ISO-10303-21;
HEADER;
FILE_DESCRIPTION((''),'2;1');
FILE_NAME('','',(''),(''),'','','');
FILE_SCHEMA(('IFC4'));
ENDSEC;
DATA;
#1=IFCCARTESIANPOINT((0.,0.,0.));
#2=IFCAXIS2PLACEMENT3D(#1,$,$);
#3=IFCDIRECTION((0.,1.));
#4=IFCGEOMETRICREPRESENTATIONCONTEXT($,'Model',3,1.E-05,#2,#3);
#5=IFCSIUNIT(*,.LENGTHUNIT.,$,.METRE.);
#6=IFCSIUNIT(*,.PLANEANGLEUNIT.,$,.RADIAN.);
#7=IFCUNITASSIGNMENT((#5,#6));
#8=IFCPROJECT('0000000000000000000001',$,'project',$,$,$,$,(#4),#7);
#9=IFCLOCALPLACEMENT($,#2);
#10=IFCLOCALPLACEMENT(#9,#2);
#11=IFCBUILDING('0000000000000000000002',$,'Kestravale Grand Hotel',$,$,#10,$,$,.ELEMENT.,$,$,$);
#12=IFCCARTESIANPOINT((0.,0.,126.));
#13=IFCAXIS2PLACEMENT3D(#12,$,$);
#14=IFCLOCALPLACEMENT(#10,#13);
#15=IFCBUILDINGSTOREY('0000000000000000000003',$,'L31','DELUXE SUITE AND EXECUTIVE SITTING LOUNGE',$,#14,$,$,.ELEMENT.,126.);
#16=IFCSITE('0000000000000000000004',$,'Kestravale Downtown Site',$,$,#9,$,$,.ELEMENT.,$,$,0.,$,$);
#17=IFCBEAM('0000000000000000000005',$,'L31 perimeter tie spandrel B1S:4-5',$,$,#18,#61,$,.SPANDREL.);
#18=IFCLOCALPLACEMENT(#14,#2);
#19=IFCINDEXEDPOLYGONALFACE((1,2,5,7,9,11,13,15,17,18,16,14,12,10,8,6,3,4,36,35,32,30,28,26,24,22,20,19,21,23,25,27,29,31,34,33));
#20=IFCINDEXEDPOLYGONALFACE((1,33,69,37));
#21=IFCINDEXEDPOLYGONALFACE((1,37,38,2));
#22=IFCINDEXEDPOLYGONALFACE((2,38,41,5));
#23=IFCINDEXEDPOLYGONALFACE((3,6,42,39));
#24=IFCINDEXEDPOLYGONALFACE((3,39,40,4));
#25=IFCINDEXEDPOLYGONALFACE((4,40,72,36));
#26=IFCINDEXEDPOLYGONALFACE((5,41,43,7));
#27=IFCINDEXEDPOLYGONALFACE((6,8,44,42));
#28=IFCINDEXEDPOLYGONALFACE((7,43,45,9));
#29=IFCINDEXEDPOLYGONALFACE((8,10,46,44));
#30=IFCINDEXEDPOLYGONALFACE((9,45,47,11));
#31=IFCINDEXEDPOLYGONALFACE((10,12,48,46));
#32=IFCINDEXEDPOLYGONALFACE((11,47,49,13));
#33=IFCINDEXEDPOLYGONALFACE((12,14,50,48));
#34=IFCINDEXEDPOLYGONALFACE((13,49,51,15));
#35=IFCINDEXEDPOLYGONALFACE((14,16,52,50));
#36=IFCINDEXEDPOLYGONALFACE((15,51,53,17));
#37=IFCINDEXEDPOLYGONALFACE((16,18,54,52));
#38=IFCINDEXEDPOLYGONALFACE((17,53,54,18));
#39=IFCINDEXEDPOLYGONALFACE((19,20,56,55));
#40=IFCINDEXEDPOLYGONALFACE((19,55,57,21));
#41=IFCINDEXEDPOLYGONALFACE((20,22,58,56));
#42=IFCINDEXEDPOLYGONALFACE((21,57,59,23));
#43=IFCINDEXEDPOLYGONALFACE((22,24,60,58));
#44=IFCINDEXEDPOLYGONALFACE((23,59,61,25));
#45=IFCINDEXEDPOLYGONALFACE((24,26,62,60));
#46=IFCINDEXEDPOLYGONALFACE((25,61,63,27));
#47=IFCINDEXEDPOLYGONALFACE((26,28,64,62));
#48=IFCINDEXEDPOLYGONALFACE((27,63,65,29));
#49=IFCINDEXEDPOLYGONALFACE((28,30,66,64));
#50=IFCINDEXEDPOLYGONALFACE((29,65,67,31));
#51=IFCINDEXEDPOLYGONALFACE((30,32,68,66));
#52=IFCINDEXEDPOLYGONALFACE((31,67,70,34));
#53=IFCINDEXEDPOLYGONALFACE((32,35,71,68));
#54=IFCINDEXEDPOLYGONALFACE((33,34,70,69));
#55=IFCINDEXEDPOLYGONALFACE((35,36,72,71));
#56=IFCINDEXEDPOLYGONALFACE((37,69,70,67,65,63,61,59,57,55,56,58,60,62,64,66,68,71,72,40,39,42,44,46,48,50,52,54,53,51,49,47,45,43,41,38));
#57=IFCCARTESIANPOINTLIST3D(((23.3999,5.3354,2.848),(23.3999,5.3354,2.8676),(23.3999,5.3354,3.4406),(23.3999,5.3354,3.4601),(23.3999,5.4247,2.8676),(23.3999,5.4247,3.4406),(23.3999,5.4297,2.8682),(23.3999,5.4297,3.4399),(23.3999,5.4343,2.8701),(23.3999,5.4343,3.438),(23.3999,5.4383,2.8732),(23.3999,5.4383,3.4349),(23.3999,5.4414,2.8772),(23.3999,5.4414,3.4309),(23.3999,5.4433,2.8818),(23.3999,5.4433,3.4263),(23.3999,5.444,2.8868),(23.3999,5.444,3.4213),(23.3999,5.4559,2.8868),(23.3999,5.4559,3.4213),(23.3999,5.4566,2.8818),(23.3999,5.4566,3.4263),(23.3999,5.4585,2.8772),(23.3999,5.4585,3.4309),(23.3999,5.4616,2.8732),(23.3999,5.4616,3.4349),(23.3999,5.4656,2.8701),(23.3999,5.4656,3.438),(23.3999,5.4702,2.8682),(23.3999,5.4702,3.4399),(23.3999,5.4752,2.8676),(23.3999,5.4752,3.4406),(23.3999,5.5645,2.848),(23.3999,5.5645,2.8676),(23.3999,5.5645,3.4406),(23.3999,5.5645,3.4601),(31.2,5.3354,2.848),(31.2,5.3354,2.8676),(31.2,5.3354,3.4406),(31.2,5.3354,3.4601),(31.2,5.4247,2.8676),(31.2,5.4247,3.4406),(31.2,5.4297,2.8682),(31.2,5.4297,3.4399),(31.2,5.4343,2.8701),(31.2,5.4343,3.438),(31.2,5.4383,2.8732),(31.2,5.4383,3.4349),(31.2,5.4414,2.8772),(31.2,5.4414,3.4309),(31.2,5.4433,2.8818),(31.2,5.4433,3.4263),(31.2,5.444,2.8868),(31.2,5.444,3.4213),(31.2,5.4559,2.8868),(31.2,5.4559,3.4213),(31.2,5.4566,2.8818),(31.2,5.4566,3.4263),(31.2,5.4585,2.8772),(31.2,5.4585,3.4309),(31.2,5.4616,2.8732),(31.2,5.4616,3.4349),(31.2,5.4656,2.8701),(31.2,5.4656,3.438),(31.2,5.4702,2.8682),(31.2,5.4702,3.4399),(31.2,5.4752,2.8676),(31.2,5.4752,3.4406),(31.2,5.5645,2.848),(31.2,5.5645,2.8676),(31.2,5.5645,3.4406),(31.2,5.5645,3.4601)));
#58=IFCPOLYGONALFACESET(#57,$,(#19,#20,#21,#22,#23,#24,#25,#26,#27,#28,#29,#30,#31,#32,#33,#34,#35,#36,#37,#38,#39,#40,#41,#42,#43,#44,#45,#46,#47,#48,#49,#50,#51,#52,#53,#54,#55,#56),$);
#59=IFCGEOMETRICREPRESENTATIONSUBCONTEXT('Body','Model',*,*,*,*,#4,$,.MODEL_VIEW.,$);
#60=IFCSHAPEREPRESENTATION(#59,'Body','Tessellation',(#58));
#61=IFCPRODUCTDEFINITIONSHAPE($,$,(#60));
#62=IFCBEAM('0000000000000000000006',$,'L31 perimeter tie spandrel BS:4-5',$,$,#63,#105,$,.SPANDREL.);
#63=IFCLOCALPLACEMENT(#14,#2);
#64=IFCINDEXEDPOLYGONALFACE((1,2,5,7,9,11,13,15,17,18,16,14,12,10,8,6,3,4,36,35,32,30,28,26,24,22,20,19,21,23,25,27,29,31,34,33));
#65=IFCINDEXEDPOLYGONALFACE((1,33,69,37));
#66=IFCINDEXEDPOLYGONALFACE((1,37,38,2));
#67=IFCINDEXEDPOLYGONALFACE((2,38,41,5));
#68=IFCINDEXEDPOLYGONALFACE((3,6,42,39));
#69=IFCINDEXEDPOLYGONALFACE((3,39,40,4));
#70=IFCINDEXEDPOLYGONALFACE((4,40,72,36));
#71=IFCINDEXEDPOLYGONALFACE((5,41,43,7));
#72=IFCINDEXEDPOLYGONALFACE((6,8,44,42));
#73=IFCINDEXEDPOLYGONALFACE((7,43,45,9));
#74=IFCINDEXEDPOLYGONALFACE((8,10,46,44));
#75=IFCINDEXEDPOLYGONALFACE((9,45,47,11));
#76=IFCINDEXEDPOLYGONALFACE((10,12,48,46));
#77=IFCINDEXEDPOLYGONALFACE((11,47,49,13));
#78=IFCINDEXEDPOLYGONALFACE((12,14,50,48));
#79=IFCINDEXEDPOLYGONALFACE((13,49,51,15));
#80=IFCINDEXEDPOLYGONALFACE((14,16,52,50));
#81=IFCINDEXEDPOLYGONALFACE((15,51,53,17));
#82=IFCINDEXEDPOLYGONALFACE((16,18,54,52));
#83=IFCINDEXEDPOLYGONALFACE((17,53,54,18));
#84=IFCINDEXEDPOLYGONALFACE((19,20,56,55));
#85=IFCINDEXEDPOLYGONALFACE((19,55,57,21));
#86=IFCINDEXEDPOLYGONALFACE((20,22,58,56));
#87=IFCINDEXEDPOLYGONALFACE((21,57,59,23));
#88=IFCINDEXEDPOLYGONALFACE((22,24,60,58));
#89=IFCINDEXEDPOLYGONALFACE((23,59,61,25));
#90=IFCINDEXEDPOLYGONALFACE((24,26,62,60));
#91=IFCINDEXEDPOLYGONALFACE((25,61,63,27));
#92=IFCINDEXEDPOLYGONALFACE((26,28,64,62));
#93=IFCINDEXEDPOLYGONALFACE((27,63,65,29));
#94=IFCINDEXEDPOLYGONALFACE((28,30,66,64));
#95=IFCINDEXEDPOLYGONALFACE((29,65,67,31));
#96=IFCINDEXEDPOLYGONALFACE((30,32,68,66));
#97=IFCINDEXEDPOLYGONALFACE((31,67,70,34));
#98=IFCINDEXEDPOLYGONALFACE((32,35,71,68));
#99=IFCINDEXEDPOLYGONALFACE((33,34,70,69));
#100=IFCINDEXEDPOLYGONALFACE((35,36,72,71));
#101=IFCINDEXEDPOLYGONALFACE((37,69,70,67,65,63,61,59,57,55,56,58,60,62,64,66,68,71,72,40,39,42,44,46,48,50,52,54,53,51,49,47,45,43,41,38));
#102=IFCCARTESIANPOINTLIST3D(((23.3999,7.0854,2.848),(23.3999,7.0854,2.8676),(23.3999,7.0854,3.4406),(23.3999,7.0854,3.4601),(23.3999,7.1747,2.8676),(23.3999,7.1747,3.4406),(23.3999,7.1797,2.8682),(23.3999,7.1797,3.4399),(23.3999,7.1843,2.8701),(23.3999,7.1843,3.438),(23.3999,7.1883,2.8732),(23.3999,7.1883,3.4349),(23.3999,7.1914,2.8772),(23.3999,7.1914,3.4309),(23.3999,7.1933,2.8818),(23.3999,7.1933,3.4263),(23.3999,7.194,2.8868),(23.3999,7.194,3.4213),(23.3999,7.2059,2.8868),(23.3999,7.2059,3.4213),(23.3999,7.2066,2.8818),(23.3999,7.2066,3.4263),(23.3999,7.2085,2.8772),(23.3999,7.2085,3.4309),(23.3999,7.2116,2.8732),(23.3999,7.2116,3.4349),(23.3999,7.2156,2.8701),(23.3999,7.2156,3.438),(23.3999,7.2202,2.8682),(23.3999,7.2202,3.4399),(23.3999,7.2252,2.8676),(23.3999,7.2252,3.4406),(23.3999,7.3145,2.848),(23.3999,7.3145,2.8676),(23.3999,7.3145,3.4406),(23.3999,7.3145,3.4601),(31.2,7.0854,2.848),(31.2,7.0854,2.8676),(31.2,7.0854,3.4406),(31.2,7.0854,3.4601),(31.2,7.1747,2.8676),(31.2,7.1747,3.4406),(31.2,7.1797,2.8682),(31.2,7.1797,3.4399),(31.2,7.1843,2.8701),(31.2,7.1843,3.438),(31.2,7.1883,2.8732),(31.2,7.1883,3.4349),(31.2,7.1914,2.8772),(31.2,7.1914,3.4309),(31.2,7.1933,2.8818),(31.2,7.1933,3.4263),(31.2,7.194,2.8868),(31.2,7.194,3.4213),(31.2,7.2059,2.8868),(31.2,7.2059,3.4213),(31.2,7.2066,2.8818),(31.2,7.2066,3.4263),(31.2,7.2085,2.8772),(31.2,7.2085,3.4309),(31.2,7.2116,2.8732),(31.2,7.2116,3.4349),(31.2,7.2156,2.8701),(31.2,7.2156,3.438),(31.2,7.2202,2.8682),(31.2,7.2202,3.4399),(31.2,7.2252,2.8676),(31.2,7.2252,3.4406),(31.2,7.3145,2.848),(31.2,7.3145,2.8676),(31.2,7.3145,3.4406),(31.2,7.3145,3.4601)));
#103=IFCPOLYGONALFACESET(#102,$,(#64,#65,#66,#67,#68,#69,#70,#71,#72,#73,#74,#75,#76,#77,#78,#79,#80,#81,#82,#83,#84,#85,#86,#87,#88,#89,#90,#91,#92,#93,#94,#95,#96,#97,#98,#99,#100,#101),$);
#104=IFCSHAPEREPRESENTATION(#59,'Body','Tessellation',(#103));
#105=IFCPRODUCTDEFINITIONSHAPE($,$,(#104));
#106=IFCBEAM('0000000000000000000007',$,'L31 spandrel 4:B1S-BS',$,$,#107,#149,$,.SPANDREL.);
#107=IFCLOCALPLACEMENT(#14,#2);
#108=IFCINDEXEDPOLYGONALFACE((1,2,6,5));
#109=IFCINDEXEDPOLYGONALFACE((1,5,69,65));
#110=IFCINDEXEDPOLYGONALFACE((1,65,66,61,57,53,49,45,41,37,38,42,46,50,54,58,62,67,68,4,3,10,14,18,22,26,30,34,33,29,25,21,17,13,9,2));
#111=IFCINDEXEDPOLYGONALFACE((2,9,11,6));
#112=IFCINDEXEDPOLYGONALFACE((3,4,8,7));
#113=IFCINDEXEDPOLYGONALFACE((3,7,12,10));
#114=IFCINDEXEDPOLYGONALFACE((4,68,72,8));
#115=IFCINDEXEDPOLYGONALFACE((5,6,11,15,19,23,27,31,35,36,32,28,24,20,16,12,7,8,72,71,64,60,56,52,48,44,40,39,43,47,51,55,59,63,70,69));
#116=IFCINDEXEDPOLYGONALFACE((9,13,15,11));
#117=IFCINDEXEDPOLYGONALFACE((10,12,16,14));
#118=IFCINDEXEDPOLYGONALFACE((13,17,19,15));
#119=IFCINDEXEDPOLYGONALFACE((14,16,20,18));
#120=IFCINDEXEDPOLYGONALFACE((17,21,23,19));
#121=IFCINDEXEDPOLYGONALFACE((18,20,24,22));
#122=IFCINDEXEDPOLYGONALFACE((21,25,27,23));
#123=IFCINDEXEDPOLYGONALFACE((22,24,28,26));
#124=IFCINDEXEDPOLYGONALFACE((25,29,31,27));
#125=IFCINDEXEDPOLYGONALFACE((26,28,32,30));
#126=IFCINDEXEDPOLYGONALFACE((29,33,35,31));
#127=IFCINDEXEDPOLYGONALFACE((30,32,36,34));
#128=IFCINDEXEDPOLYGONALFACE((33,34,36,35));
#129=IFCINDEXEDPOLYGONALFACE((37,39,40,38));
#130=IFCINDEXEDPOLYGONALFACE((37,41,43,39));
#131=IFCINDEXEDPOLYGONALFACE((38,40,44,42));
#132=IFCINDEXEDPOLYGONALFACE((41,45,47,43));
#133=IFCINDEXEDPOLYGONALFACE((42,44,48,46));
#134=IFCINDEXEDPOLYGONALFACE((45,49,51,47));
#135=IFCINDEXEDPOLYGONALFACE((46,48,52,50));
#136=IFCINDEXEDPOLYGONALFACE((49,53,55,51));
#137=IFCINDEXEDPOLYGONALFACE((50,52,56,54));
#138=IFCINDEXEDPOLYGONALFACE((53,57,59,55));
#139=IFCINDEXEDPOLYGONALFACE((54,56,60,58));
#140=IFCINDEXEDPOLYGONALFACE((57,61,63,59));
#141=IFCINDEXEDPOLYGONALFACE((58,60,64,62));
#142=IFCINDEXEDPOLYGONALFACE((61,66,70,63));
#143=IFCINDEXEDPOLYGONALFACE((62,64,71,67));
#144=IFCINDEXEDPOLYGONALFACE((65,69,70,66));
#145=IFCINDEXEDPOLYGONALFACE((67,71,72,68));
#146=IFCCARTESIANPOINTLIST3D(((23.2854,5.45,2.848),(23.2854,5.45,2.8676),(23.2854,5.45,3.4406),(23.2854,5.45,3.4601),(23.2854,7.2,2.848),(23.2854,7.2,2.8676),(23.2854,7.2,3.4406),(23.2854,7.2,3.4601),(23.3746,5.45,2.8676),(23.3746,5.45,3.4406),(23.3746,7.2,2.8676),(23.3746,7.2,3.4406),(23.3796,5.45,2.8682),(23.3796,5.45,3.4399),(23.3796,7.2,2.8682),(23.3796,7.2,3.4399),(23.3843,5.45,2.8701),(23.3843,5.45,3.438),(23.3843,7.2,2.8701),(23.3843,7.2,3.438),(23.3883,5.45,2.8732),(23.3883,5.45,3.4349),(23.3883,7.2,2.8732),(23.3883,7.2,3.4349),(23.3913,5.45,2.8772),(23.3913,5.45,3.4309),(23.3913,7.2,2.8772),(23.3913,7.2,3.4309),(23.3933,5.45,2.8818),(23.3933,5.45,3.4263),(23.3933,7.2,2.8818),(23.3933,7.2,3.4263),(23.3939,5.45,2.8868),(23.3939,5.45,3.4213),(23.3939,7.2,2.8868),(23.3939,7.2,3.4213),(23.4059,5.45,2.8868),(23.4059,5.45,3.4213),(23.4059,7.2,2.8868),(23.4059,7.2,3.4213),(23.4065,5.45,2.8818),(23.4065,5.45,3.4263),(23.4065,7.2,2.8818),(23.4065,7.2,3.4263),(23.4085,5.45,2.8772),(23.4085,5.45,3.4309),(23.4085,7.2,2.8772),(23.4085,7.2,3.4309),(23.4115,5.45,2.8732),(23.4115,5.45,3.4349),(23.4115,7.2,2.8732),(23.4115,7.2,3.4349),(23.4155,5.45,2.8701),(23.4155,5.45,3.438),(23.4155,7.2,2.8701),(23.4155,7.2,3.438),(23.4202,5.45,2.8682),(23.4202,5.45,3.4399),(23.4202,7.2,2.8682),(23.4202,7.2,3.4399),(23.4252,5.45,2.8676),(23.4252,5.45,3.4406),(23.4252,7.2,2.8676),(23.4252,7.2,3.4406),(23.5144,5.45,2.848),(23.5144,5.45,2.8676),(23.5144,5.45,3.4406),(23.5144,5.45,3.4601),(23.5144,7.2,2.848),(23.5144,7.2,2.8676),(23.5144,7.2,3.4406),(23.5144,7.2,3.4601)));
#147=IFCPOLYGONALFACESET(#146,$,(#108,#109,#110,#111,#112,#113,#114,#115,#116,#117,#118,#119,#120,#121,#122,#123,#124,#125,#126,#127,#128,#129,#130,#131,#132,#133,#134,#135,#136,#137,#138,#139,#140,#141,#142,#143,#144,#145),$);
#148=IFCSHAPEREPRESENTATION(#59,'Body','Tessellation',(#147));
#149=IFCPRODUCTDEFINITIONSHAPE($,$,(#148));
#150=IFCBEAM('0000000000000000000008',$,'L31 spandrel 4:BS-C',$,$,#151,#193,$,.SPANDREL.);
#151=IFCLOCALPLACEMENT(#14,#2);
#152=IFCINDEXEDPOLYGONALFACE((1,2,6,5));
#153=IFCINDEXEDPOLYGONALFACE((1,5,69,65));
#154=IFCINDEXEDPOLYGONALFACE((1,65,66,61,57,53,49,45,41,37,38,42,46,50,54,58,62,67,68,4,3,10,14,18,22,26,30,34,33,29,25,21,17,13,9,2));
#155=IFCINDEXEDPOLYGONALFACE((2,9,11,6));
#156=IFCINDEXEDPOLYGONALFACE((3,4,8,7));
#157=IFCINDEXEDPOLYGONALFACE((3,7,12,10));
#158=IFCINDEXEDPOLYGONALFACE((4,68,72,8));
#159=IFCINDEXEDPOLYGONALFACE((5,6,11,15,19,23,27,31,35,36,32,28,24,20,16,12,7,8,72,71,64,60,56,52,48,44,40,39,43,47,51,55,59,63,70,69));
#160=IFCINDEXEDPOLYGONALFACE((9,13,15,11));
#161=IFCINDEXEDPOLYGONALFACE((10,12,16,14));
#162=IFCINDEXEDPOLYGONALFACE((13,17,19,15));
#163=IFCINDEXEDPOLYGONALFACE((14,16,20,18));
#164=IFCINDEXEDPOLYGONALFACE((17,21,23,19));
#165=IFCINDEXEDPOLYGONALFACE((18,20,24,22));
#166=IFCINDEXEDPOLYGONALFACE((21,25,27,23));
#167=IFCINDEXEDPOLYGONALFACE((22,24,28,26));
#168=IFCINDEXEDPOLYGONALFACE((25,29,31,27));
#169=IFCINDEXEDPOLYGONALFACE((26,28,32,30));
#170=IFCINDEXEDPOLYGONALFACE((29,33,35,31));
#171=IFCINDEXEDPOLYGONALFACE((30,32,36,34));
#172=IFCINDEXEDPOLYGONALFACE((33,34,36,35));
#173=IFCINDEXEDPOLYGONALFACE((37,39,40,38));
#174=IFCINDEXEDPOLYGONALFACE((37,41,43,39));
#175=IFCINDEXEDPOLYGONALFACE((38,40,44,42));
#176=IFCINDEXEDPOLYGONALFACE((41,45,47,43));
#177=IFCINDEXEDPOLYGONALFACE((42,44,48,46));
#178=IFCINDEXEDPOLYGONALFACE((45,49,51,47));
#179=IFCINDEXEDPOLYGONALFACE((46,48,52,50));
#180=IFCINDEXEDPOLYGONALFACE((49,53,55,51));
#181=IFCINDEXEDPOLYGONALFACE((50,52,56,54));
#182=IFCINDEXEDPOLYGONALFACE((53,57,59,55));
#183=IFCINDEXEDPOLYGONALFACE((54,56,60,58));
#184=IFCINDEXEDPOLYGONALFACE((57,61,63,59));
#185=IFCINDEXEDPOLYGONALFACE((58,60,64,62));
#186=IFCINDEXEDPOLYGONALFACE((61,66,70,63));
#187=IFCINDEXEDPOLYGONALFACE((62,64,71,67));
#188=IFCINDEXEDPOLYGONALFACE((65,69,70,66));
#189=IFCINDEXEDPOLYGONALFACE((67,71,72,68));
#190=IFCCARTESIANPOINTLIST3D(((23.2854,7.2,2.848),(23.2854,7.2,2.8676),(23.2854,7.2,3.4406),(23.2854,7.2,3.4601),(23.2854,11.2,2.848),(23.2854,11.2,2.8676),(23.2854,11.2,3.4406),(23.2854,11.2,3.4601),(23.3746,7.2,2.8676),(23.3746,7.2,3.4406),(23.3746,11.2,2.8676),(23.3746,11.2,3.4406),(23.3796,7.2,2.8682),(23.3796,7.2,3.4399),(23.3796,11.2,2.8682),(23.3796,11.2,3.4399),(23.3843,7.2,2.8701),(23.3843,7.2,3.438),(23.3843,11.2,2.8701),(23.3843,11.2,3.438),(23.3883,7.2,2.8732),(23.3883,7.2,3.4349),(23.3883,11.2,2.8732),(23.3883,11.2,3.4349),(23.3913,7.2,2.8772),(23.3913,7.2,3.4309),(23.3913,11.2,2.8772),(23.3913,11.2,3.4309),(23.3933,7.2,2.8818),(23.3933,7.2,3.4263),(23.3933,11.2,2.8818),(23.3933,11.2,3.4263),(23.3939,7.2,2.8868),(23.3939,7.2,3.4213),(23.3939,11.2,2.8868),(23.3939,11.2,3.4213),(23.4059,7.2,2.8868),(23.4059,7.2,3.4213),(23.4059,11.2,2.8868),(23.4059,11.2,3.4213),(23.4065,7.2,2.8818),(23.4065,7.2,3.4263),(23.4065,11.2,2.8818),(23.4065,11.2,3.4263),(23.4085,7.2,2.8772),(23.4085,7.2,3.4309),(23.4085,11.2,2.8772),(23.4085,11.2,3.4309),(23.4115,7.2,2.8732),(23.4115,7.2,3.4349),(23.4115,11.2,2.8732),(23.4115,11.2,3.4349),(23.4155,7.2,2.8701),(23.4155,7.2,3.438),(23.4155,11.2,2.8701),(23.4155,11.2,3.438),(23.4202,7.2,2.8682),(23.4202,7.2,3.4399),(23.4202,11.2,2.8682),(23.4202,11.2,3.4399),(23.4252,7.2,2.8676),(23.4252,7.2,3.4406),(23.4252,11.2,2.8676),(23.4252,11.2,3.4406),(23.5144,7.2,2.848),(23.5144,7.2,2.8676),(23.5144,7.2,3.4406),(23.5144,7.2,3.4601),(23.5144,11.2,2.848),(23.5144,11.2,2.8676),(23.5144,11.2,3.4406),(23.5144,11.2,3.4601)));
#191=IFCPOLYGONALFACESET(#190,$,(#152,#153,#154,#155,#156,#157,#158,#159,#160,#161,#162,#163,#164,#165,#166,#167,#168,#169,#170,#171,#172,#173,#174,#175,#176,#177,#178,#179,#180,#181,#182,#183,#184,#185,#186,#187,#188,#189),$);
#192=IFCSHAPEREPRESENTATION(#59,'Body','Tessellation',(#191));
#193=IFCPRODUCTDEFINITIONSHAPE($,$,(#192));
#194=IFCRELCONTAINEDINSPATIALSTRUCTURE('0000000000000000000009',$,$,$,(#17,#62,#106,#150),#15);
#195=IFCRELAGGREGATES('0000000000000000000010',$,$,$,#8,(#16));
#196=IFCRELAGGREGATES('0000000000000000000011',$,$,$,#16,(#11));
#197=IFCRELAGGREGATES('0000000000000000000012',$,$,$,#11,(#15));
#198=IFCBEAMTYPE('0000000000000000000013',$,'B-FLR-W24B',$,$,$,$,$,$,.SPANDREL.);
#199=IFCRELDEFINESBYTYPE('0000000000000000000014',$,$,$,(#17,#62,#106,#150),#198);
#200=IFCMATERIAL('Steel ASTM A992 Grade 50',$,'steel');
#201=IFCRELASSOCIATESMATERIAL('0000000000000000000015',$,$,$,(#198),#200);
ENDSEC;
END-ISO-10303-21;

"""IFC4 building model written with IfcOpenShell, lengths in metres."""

from ifc_helpers import new_model, si_unit, direction, frame, origin, origin_2d, place, context, subcontext, project, spatial, i_section, extrude, material, material_profile, profile_set, type_object, element, save


model = new_model("IFC4")

# Units and contexts
model_context = context("Model", 3, precision=1e-05, world=origin(), true_north=direction((0.0, 1.0)))
body_context = subcontext(model_context, "Body", "Model", "MODEL_VIEW")
ifc_project = project(units=[si_unit("LENGTHUNIT", "METRE"), si_unit("PLANEANGLEUNIT", "RADIAN")], contexts=[model_context])

# Site, building, storey
site_placement = place(None, origin())
site = spatial("IfcSite", under=ifc_project, at=site_placement, Name="Kestravale Downtown Site", CompositionType="ELEMENT", RefElevation=0.0)
building_placement = place(site_placement, origin())
building = spatial("IfcBuilding", under=site, at=building_placement, Name="Kestravale Grand Hotel", CompositionType="ELEMENT")
storey_placement = place(building_placement, frame((0.0, 0.0, 126.0)))
storey = spatial("IfcBuildingStorey", under=building, at=storey_placement, Name="L31", Description="DELUXE SUITE AND EXECUTIVE SITTING LOUNGE", CompositionType="ELEMENT", Elevation=126.0)

# Beams
ifc_material_1 = material(Name="Steel ASTM A992 Grade 50", Category="steel")
ifc_material_profile_1 = material_profile(ifc_material_1, i_section(OverallWidth=0.229, OverallDepth=0.6121, WebThickness=0.012, FlangeThickness=0.0195, FilletRadius=0.0193, at=origin_2d()))
ifc_profile_set_1 = profile_set([ifc_material_profile_1], Name="Steel ASTM A992 Grade 50")
beam_type_1 = type_object("IfcBeamType", Name="B-FLR-W24B", PredefinedType="SPANDREL", material=ifc_profile_set_1)
for number, where, z_axis, x_axis, name in (
    (1, (23.3999, 5.45, 3.1541), (1.0, 0.0, 0.0), (0.0, 1.0, 0.0), "L31 perimeter tie spandrel B1S:4-5"),
    (2, (23.3999, 7.2, 3.1541), (1.0, 0.0, 0.0), (0.0, 1.0, 0.0), "L31 perimeter tie spandrel BS:4-5"),
):
    element("IfcBeam", number, at=place(storey_placement, frame(where, z_axis=z_axis, x_axis=x_axis)), inside=storey, type_object=beam_type_1, Name=name, PredefinedType="SPANDREL", context=body_context, shape_type="SweptSolid", body=[
        extrude(i_section(OverallWidth=0.229, OverallDepth=0.6121, WebThickness=0.012, FlangeThickness=0.0195, FilletRadius=0.0193, at=origin_2d()), origin(), (0.0, 0.0, 1.0), 7.8),
    ])
beam_1_placement = place(storey_placement, frame((23.3999, 5.45, 3.1541), z_axis=(0.0, 1.0, 0.0), x_axis=(-1.0, 0.0, 0.0)))
element("IfcBeam", 3, at=beam_1_placement, inside=storey, type_object=beam_type_1, Name="L31 spandrel 4:B1S-BS", PredefinedType="SPANDREL", context=body_context, shape_type="SweptSolid", body=[
    extrude(i_section(OverallWidth=0.229, OverallDepth=0.6121, WebThickness=0.012, FlangeThickness=0.0195, FilletRadius=0.0193, at=origin_2d()), origin(), (0.0, 0.0, 1.0), 1.75),
])
beam_2_placement = place(storey_placement, frame((23.3999, 7.2, 3.1541), z_axis=(0.0, 1.0, 0.0), x_axis=(-1.0, 0.0, 0.0)))
element("IfcBeam", 4, at=beam_2_placement, inside=storey, type_object=beam_type_1, Name="L31 spandrel 4:BS-C", PredefinedType="SPANDREL", context=body_context, shape_type="SweptSolid", body=[
    extrude(i_section(OverallWidth=0.229, OverallDepth=0.6121, WebThickness=0.012, FlangeThickness=0.0195, FilletRadius=0.0193, at=origin_2d()), origin(), (0.0, 0.0, 1.0), 4.0),
])

save(model, "model.ifc")
